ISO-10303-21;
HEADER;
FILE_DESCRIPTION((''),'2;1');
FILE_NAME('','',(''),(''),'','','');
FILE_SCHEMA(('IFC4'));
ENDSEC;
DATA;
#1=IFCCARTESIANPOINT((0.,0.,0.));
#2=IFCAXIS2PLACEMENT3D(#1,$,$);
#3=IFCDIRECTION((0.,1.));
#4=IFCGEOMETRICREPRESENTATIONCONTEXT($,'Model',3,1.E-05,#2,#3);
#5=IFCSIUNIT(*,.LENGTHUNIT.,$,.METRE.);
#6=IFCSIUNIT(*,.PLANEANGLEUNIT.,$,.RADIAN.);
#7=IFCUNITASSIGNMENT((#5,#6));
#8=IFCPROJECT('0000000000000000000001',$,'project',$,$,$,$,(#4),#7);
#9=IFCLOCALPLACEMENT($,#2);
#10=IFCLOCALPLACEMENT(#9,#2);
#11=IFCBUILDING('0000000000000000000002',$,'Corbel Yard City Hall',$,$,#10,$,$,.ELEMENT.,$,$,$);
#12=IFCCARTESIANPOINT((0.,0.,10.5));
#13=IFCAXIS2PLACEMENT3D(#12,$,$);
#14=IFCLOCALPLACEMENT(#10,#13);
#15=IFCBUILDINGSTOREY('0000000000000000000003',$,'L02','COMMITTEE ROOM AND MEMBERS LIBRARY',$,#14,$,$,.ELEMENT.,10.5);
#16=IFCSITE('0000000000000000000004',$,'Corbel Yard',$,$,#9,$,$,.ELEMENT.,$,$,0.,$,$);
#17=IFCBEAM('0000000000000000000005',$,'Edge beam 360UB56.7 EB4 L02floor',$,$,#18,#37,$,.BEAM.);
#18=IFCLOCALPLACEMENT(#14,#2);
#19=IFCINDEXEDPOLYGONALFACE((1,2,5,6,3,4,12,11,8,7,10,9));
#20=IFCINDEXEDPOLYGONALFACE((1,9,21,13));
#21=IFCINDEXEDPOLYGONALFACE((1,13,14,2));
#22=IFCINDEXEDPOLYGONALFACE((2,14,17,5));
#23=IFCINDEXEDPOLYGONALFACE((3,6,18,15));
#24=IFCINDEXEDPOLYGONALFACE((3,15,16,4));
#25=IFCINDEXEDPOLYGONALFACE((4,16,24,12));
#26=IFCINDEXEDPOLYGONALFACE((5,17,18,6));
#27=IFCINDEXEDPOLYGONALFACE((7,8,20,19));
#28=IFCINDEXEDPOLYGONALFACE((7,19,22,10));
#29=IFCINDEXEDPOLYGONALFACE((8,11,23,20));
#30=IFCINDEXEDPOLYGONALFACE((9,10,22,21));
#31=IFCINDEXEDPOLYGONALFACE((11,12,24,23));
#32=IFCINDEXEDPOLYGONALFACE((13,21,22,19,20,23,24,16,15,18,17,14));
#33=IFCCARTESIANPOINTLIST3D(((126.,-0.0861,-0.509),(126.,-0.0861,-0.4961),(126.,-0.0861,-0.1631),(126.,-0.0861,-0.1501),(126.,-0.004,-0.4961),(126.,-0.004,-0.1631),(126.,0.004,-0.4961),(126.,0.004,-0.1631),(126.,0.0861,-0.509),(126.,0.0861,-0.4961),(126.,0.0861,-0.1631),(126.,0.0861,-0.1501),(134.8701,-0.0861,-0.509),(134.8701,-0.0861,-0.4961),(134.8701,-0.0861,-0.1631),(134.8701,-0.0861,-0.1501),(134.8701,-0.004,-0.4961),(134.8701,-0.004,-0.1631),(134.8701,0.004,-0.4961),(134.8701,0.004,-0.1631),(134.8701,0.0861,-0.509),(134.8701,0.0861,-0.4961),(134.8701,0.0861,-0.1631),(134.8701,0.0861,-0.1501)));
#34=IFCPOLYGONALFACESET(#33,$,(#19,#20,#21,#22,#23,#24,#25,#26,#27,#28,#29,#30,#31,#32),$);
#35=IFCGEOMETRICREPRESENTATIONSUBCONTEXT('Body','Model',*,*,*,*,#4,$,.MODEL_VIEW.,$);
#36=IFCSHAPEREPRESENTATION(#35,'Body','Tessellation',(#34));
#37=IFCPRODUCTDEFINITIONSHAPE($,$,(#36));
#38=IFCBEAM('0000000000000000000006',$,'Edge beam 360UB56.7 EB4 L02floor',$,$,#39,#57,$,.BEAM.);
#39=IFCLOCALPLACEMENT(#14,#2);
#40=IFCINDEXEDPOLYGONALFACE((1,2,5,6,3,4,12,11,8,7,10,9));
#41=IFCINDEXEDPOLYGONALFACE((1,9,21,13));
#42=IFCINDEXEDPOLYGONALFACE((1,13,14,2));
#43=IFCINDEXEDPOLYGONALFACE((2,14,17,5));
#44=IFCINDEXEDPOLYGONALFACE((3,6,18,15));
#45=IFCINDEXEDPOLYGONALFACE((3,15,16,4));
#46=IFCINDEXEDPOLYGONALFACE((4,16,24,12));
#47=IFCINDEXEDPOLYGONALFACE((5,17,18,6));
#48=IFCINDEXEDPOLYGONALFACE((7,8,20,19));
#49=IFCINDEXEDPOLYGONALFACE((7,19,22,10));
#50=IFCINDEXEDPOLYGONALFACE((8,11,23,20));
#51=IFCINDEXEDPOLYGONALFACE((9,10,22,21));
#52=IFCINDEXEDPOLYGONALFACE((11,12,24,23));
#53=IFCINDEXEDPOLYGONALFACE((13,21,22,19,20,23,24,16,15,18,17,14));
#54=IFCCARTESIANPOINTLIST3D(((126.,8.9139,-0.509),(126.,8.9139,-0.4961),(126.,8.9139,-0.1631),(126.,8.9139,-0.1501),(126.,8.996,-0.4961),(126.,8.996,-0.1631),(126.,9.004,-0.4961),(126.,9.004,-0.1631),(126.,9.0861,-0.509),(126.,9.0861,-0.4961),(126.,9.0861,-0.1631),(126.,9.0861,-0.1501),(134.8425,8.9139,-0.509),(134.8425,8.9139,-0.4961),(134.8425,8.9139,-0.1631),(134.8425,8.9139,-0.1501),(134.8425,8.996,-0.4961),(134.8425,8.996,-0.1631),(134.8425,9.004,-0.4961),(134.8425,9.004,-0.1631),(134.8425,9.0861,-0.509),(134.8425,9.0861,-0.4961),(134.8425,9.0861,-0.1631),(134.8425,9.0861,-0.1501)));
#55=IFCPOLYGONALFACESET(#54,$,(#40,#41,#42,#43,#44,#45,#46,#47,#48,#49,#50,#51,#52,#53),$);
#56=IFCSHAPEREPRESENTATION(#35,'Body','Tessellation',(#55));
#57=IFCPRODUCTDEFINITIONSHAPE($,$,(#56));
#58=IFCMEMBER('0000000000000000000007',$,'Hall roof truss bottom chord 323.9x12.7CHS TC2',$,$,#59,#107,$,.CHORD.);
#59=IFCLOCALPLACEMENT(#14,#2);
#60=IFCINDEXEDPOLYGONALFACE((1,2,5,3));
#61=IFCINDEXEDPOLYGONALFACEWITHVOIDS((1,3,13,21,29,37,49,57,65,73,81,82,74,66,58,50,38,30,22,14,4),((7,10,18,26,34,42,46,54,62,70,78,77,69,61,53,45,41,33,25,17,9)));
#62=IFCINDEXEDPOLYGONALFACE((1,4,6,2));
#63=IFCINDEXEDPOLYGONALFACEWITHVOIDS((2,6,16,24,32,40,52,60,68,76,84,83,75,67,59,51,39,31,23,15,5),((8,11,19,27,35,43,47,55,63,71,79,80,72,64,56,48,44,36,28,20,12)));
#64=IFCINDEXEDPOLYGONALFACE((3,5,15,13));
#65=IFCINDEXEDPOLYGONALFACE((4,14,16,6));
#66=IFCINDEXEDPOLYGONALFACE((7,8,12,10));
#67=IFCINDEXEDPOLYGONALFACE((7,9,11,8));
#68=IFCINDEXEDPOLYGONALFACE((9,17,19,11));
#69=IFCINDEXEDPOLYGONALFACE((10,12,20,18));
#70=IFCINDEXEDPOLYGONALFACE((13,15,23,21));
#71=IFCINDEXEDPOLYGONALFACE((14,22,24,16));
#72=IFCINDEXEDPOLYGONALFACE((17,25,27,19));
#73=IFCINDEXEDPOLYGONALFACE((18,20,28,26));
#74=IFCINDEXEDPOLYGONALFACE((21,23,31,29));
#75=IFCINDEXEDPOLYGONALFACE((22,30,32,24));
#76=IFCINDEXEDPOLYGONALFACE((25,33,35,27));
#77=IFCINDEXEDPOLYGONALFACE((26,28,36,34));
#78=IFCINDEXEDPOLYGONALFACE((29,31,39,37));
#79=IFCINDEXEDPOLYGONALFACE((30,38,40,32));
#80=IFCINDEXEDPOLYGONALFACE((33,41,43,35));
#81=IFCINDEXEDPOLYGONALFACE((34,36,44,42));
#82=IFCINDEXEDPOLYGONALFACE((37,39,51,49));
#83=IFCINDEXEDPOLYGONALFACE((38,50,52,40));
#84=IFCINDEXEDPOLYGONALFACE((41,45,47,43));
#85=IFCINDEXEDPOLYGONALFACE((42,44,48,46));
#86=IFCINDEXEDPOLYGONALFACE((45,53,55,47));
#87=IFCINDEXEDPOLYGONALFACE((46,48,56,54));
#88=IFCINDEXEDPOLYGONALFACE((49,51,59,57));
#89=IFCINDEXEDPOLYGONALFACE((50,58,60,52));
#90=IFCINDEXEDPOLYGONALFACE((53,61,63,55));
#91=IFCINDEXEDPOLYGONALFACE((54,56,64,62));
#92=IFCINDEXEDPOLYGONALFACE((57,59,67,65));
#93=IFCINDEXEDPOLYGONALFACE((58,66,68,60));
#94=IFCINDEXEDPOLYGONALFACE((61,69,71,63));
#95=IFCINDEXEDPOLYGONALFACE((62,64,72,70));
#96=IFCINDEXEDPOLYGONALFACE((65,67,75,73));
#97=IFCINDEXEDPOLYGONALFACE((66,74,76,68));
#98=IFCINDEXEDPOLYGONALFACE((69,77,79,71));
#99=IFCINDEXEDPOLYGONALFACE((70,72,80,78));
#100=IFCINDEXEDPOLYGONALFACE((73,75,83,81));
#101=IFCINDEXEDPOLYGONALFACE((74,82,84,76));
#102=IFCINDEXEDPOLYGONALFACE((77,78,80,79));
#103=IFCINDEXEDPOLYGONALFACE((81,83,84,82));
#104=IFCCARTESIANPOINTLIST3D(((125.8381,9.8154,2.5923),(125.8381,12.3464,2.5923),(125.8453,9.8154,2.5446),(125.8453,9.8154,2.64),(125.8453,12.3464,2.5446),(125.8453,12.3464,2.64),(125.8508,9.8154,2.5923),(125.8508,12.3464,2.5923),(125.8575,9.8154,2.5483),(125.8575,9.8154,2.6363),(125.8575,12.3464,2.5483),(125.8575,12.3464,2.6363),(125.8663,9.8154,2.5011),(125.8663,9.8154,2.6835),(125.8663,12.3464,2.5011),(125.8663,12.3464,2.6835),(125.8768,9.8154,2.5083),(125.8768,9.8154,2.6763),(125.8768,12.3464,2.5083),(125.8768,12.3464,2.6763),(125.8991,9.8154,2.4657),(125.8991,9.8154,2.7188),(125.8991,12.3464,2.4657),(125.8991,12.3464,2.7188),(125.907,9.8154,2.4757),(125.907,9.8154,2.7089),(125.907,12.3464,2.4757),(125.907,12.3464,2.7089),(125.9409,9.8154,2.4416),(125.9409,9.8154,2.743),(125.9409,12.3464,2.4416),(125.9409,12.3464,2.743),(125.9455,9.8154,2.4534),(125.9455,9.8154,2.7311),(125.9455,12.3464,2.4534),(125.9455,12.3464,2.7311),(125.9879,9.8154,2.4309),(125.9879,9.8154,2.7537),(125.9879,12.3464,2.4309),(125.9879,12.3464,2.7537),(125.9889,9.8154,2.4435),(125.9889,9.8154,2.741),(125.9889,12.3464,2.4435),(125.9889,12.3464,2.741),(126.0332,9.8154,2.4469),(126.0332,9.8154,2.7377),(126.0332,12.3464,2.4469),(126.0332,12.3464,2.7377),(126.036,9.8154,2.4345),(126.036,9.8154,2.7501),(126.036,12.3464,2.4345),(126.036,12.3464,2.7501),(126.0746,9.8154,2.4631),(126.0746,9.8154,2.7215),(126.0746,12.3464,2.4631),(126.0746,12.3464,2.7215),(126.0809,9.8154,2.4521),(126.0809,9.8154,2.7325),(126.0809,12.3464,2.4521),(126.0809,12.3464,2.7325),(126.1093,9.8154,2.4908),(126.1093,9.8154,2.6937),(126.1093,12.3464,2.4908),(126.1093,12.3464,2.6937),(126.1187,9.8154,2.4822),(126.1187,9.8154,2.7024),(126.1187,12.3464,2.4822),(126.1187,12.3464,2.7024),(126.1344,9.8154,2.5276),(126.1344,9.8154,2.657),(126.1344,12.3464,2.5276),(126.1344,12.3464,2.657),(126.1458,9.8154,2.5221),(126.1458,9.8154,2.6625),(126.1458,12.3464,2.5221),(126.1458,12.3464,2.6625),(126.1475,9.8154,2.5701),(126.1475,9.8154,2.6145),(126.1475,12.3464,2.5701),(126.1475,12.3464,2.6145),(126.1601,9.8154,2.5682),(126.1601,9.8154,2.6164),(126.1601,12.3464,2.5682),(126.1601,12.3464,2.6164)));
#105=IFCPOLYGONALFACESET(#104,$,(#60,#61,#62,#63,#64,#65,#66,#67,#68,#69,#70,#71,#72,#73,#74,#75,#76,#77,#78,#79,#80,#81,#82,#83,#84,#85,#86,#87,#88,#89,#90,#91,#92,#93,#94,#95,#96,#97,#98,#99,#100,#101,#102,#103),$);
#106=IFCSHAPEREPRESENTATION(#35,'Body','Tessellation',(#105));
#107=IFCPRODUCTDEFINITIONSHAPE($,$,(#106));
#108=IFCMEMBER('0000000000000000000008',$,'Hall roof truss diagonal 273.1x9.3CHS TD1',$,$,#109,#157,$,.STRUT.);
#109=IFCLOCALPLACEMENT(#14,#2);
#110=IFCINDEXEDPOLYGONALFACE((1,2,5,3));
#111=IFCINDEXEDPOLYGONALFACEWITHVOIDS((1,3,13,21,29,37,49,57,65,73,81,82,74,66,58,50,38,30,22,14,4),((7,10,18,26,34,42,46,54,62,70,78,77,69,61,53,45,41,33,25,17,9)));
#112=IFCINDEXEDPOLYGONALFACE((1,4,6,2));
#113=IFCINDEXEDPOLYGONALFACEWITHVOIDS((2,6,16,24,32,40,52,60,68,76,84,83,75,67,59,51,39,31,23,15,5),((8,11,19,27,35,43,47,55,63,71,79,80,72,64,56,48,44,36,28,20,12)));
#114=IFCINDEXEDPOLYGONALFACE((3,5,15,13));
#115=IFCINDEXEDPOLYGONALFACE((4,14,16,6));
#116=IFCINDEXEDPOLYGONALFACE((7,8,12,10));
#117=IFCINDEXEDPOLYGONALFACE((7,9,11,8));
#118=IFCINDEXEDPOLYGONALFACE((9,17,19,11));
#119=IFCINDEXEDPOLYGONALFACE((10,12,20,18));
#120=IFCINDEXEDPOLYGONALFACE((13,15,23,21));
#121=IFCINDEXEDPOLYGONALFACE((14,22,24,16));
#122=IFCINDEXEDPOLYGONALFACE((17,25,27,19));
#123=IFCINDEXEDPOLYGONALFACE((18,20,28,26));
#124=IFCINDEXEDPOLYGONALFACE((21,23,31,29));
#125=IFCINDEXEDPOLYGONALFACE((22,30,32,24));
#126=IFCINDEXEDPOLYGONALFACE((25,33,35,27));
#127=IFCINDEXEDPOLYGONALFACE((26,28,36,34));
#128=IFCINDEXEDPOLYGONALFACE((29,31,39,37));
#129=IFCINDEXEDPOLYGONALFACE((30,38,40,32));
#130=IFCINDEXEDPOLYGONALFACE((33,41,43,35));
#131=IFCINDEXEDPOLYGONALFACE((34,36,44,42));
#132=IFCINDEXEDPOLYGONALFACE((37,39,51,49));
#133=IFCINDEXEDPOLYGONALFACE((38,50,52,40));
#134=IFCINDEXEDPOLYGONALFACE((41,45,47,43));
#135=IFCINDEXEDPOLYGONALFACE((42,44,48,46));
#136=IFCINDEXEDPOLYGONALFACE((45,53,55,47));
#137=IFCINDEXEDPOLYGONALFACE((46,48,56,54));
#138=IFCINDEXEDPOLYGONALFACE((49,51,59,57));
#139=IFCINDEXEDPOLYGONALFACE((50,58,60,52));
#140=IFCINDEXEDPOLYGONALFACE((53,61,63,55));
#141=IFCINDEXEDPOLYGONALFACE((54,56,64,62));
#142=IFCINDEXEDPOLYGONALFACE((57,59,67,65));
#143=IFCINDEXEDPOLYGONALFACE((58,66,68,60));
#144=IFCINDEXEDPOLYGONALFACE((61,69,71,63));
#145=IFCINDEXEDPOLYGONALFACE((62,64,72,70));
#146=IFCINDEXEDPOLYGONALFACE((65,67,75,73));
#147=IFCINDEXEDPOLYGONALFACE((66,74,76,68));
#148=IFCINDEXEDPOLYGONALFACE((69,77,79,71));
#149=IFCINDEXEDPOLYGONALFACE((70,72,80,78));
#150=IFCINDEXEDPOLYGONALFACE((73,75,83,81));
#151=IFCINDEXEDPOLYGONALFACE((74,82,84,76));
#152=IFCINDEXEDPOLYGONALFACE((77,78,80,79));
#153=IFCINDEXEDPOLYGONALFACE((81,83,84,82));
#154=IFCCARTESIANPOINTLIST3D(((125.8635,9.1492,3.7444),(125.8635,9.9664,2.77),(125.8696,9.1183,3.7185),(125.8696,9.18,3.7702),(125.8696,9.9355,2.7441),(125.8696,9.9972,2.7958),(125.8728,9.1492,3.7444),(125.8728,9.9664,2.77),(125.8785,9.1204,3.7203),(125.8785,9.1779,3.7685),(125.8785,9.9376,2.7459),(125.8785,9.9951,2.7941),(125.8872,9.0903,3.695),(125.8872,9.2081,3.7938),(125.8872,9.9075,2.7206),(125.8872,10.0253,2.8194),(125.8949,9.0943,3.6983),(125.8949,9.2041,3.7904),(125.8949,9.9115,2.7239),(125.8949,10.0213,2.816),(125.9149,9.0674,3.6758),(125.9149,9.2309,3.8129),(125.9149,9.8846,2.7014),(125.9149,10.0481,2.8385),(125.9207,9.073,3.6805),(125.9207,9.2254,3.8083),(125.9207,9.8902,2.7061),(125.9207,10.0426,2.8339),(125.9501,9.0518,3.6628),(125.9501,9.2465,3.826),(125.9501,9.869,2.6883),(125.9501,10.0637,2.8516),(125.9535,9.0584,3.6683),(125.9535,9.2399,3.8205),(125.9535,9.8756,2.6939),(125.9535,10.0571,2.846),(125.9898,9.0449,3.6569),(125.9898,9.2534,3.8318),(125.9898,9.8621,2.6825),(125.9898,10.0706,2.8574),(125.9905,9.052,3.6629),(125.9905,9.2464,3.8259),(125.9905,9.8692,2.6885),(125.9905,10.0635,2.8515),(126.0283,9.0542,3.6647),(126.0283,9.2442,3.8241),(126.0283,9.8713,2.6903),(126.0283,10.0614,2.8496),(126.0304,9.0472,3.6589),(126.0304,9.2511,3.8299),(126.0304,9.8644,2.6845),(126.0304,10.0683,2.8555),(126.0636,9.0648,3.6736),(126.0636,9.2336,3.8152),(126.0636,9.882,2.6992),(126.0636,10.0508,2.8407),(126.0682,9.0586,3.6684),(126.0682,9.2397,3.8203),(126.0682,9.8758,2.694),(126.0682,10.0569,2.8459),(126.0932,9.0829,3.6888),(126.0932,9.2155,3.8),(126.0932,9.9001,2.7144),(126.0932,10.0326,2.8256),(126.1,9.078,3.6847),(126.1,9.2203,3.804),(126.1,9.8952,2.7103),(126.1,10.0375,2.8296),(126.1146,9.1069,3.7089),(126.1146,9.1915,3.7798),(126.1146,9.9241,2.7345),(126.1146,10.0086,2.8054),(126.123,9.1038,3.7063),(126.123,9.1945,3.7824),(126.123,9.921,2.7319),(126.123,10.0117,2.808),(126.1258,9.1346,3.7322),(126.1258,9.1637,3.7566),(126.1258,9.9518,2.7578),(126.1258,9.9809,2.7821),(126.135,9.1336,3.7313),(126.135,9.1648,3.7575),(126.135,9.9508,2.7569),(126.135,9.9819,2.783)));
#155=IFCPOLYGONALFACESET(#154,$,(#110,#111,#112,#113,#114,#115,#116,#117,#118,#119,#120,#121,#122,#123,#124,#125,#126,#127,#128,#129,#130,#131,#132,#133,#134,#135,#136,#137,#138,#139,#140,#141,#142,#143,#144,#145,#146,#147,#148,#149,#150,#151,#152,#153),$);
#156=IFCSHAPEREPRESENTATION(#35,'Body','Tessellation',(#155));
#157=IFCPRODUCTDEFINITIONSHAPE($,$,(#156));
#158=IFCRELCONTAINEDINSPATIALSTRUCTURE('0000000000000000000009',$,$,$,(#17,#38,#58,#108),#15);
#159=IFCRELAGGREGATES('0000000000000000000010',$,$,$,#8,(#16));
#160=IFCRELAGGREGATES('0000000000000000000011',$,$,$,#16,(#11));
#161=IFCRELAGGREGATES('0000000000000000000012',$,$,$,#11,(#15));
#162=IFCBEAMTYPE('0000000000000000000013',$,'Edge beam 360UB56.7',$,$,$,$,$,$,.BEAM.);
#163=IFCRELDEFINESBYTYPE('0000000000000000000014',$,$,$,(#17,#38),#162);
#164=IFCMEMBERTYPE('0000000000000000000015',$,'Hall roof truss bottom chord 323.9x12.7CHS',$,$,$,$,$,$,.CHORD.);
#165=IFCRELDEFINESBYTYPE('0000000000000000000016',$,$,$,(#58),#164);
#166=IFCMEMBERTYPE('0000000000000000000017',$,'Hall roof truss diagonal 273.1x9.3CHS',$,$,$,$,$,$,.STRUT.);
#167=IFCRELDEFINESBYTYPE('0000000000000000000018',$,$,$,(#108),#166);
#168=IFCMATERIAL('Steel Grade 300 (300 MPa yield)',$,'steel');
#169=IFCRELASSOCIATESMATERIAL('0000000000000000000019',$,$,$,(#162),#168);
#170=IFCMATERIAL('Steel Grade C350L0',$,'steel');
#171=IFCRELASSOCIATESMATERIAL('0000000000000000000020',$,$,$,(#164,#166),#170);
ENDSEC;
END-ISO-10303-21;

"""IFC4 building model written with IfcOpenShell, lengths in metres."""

from ifc_helpers import new_model, si_unit, direction, frame, origin, origin_2d, place, context, subcontext, project, spatial, hollow_circle, i_section, extrude, material, material_profile, profile_set, type_object, element, save


model = new_model("IFC4")

# Units and contexts
model_context = context("Model", 3, precision=1e-05, world=origin(), true_north=direction((0.0, 1.0)))
body_context = subcontext(model_context, "Body", "Model", "MODEL_VIEW")
ifc_project = project(units=[si_unit("LENGTHUNIT", "METRE"), si_unit("PLANEANGLEUNIT", "RADIAN")], contexts=[model_context])

# Site, building, storey
site_placement = place(None, origin())
site = spatial("IfcSite", under=ifc_project, at=site_placement, Name="Corbel Yard", CompositionType="ELEMENT", RefElevation=0.0)
building_placement = place(site_placement, origin())
building = spatial("IfcBuilding", under=site, at=building_placement, Name="Corbel Yard City Hall", CompositionType="ELEMENT")
storey_placement = place(building_placement, frame((0.0, 0.0, 10.5)))
storey = spatial("IfcBuildingStorey", under=building, at=storey_placement, Name="L02", Description="COMMITTEE ROOM AND MEMBERS LIBRARY", CompositionType="ELEMENT", Elevation=10.5)

# Beams
ifc_material_1 = material(Name="Steel Grade 300 (300 MPa yield)", Category="steel")
ifc_material_profile_1 = material_profile(ifc_material_1, i_section(OverallWidth=0.1721, OverallDepth=0.3589, WebThickness=0.0081, FlangeThickness=0.0129, at=origin_2d()), Name="360UB56.7")
ifc_profile_set_1 = profile_set([ifc_material_profile_1], Name="Steel Grade 300 (300 MPa yield)")
beam_type = type_object("IfcBeamType", Name="Edge beam 360UB56.7", PredefinedType="BEAM", material=ifc_profile_set_1)
beam_1_placement = place(storey_placement, frame((126.0, 0.0, -0.3296), z_axis=(1.0, 0.0, 0.0), x_axis=(0.0, 1.0, 0.0)))
element("IfcBeam", 1, at=beam_1_placement, inside=storey, type_object=beam_type, Name="Edge beam 360UB56.7 EB4 L02floor", PredefinedType="BEAM", context=body_context, shape_type="SweptSolid", body=[
    extrude(i_section(OverallWidth=0.1721, OverallDepth=0.3589, WebThickness=0.0081, FlangeThickness=0.0129, at=origin_2d()), origin(), (0.0, 0.0, 1.0), 8.8701),
])
beam_2_placement = place(storey_placement, frame((126.0, 9.0, -0.3296), z_axis=(1.0, 0.0, 0.0), x_axis=(0.0, 1.0, 0.0)))
element("IfcBeam", 2, at=beam_2_placement, inside=storey, type_object=beam_type, Name="Edge beam 360UB56.7 EB4 L02floor", PredefinedType="BEAM", context=body_context, shape_type="SweptSolid", body=[
    extrude(i_section(OverallWidth=0.1721, OverallDepth=0.3589, WebThickness=0.0081, FlangeThickness=0.0129, at=origin_2d()), origin(), (0.0, 0.0, 1.0), 8.8425),
])

# Members
ifc_material_2 = material(Name="Steel Grade C350L0", Category="steel")
ifc_material_profile_2 = material_profile(ifc_material_2, hollow_circle(Radius=0.1619, WallThickness=0.0127, at=origin_2d()), Name="323.9x12.7CHS")
ifc_profile_set_2 = profile_set([ifc_material_profile_2], Name="Steel Grade C350L0")
member_type_1 = type_object("IfcMemberType", Name="Hall roof truss bottom chord 323.9x12.7CHS", PredefinedType="CHORD", material=ifc_profile_set_2)
member_1_placement = place(storey_placement, frame((126.0, 9.8154, 2.5923), z_axis=(0.0, 1.0, 0.0), x_axis=(-1.0, 0.0, 0.0)))
element("IfcMember", 3, at=member_1_placement, inside=storey, type_object=member_type_1, Name="Hall roof truss bottom chord 323.9x12.7CHS TC2", PredefinedType="CHORD", context=body_context, shape_type="SweptSolid", body=[
    extrude(hollow_circle(Radius=0.1619, WallThickness=0.0127, at=origin_2d()), origin(), (0.0, 0.0, 1.0), 2.531),
])
ifc_material_profile_3 = material_profile(ifc_material_2, hollow_circle(Radius=0.1365, WallThickness=0.0093, at=origin_2d()), Name="273.1x9.3CHS")
ifc_profile_set_3 = profile_set([ifc_material_profile_3], Name="Steel Grade C350L0")
member_type_2 = type_object("IfcMemberType", Name="Hall roof truss diagonal 273.1x9.3CHS", PredefinedType="STRUT", material=ifc_profile_set_3)
for number, where, z_axis, x_axis, name in (
    (4, (126.0, 9.1492, 3.7444), (0.0, 0.64258, -0.766219), (-1.0, 0.0, 0.0), "Hall roof truss diagonal 273.1x9.3CHS TD1"),
):
    element("IfcMember", number, at=place(storey_placement, frame(where, z_axis=z_axis, x_axis=x_axis)), inside=storey, type_object=member_type_2, Name=name, PredefinedType="STRUT", context=body_context, shape_type="SweptSolid", body=[
        extrude(hollow_circle(Radius=0.1365, WallThickness=0.0093, at=origin_2d()), origin(), (0.0, 0.0, 1.0), 1.2717),
    ])

save(model, "model.ifc")
